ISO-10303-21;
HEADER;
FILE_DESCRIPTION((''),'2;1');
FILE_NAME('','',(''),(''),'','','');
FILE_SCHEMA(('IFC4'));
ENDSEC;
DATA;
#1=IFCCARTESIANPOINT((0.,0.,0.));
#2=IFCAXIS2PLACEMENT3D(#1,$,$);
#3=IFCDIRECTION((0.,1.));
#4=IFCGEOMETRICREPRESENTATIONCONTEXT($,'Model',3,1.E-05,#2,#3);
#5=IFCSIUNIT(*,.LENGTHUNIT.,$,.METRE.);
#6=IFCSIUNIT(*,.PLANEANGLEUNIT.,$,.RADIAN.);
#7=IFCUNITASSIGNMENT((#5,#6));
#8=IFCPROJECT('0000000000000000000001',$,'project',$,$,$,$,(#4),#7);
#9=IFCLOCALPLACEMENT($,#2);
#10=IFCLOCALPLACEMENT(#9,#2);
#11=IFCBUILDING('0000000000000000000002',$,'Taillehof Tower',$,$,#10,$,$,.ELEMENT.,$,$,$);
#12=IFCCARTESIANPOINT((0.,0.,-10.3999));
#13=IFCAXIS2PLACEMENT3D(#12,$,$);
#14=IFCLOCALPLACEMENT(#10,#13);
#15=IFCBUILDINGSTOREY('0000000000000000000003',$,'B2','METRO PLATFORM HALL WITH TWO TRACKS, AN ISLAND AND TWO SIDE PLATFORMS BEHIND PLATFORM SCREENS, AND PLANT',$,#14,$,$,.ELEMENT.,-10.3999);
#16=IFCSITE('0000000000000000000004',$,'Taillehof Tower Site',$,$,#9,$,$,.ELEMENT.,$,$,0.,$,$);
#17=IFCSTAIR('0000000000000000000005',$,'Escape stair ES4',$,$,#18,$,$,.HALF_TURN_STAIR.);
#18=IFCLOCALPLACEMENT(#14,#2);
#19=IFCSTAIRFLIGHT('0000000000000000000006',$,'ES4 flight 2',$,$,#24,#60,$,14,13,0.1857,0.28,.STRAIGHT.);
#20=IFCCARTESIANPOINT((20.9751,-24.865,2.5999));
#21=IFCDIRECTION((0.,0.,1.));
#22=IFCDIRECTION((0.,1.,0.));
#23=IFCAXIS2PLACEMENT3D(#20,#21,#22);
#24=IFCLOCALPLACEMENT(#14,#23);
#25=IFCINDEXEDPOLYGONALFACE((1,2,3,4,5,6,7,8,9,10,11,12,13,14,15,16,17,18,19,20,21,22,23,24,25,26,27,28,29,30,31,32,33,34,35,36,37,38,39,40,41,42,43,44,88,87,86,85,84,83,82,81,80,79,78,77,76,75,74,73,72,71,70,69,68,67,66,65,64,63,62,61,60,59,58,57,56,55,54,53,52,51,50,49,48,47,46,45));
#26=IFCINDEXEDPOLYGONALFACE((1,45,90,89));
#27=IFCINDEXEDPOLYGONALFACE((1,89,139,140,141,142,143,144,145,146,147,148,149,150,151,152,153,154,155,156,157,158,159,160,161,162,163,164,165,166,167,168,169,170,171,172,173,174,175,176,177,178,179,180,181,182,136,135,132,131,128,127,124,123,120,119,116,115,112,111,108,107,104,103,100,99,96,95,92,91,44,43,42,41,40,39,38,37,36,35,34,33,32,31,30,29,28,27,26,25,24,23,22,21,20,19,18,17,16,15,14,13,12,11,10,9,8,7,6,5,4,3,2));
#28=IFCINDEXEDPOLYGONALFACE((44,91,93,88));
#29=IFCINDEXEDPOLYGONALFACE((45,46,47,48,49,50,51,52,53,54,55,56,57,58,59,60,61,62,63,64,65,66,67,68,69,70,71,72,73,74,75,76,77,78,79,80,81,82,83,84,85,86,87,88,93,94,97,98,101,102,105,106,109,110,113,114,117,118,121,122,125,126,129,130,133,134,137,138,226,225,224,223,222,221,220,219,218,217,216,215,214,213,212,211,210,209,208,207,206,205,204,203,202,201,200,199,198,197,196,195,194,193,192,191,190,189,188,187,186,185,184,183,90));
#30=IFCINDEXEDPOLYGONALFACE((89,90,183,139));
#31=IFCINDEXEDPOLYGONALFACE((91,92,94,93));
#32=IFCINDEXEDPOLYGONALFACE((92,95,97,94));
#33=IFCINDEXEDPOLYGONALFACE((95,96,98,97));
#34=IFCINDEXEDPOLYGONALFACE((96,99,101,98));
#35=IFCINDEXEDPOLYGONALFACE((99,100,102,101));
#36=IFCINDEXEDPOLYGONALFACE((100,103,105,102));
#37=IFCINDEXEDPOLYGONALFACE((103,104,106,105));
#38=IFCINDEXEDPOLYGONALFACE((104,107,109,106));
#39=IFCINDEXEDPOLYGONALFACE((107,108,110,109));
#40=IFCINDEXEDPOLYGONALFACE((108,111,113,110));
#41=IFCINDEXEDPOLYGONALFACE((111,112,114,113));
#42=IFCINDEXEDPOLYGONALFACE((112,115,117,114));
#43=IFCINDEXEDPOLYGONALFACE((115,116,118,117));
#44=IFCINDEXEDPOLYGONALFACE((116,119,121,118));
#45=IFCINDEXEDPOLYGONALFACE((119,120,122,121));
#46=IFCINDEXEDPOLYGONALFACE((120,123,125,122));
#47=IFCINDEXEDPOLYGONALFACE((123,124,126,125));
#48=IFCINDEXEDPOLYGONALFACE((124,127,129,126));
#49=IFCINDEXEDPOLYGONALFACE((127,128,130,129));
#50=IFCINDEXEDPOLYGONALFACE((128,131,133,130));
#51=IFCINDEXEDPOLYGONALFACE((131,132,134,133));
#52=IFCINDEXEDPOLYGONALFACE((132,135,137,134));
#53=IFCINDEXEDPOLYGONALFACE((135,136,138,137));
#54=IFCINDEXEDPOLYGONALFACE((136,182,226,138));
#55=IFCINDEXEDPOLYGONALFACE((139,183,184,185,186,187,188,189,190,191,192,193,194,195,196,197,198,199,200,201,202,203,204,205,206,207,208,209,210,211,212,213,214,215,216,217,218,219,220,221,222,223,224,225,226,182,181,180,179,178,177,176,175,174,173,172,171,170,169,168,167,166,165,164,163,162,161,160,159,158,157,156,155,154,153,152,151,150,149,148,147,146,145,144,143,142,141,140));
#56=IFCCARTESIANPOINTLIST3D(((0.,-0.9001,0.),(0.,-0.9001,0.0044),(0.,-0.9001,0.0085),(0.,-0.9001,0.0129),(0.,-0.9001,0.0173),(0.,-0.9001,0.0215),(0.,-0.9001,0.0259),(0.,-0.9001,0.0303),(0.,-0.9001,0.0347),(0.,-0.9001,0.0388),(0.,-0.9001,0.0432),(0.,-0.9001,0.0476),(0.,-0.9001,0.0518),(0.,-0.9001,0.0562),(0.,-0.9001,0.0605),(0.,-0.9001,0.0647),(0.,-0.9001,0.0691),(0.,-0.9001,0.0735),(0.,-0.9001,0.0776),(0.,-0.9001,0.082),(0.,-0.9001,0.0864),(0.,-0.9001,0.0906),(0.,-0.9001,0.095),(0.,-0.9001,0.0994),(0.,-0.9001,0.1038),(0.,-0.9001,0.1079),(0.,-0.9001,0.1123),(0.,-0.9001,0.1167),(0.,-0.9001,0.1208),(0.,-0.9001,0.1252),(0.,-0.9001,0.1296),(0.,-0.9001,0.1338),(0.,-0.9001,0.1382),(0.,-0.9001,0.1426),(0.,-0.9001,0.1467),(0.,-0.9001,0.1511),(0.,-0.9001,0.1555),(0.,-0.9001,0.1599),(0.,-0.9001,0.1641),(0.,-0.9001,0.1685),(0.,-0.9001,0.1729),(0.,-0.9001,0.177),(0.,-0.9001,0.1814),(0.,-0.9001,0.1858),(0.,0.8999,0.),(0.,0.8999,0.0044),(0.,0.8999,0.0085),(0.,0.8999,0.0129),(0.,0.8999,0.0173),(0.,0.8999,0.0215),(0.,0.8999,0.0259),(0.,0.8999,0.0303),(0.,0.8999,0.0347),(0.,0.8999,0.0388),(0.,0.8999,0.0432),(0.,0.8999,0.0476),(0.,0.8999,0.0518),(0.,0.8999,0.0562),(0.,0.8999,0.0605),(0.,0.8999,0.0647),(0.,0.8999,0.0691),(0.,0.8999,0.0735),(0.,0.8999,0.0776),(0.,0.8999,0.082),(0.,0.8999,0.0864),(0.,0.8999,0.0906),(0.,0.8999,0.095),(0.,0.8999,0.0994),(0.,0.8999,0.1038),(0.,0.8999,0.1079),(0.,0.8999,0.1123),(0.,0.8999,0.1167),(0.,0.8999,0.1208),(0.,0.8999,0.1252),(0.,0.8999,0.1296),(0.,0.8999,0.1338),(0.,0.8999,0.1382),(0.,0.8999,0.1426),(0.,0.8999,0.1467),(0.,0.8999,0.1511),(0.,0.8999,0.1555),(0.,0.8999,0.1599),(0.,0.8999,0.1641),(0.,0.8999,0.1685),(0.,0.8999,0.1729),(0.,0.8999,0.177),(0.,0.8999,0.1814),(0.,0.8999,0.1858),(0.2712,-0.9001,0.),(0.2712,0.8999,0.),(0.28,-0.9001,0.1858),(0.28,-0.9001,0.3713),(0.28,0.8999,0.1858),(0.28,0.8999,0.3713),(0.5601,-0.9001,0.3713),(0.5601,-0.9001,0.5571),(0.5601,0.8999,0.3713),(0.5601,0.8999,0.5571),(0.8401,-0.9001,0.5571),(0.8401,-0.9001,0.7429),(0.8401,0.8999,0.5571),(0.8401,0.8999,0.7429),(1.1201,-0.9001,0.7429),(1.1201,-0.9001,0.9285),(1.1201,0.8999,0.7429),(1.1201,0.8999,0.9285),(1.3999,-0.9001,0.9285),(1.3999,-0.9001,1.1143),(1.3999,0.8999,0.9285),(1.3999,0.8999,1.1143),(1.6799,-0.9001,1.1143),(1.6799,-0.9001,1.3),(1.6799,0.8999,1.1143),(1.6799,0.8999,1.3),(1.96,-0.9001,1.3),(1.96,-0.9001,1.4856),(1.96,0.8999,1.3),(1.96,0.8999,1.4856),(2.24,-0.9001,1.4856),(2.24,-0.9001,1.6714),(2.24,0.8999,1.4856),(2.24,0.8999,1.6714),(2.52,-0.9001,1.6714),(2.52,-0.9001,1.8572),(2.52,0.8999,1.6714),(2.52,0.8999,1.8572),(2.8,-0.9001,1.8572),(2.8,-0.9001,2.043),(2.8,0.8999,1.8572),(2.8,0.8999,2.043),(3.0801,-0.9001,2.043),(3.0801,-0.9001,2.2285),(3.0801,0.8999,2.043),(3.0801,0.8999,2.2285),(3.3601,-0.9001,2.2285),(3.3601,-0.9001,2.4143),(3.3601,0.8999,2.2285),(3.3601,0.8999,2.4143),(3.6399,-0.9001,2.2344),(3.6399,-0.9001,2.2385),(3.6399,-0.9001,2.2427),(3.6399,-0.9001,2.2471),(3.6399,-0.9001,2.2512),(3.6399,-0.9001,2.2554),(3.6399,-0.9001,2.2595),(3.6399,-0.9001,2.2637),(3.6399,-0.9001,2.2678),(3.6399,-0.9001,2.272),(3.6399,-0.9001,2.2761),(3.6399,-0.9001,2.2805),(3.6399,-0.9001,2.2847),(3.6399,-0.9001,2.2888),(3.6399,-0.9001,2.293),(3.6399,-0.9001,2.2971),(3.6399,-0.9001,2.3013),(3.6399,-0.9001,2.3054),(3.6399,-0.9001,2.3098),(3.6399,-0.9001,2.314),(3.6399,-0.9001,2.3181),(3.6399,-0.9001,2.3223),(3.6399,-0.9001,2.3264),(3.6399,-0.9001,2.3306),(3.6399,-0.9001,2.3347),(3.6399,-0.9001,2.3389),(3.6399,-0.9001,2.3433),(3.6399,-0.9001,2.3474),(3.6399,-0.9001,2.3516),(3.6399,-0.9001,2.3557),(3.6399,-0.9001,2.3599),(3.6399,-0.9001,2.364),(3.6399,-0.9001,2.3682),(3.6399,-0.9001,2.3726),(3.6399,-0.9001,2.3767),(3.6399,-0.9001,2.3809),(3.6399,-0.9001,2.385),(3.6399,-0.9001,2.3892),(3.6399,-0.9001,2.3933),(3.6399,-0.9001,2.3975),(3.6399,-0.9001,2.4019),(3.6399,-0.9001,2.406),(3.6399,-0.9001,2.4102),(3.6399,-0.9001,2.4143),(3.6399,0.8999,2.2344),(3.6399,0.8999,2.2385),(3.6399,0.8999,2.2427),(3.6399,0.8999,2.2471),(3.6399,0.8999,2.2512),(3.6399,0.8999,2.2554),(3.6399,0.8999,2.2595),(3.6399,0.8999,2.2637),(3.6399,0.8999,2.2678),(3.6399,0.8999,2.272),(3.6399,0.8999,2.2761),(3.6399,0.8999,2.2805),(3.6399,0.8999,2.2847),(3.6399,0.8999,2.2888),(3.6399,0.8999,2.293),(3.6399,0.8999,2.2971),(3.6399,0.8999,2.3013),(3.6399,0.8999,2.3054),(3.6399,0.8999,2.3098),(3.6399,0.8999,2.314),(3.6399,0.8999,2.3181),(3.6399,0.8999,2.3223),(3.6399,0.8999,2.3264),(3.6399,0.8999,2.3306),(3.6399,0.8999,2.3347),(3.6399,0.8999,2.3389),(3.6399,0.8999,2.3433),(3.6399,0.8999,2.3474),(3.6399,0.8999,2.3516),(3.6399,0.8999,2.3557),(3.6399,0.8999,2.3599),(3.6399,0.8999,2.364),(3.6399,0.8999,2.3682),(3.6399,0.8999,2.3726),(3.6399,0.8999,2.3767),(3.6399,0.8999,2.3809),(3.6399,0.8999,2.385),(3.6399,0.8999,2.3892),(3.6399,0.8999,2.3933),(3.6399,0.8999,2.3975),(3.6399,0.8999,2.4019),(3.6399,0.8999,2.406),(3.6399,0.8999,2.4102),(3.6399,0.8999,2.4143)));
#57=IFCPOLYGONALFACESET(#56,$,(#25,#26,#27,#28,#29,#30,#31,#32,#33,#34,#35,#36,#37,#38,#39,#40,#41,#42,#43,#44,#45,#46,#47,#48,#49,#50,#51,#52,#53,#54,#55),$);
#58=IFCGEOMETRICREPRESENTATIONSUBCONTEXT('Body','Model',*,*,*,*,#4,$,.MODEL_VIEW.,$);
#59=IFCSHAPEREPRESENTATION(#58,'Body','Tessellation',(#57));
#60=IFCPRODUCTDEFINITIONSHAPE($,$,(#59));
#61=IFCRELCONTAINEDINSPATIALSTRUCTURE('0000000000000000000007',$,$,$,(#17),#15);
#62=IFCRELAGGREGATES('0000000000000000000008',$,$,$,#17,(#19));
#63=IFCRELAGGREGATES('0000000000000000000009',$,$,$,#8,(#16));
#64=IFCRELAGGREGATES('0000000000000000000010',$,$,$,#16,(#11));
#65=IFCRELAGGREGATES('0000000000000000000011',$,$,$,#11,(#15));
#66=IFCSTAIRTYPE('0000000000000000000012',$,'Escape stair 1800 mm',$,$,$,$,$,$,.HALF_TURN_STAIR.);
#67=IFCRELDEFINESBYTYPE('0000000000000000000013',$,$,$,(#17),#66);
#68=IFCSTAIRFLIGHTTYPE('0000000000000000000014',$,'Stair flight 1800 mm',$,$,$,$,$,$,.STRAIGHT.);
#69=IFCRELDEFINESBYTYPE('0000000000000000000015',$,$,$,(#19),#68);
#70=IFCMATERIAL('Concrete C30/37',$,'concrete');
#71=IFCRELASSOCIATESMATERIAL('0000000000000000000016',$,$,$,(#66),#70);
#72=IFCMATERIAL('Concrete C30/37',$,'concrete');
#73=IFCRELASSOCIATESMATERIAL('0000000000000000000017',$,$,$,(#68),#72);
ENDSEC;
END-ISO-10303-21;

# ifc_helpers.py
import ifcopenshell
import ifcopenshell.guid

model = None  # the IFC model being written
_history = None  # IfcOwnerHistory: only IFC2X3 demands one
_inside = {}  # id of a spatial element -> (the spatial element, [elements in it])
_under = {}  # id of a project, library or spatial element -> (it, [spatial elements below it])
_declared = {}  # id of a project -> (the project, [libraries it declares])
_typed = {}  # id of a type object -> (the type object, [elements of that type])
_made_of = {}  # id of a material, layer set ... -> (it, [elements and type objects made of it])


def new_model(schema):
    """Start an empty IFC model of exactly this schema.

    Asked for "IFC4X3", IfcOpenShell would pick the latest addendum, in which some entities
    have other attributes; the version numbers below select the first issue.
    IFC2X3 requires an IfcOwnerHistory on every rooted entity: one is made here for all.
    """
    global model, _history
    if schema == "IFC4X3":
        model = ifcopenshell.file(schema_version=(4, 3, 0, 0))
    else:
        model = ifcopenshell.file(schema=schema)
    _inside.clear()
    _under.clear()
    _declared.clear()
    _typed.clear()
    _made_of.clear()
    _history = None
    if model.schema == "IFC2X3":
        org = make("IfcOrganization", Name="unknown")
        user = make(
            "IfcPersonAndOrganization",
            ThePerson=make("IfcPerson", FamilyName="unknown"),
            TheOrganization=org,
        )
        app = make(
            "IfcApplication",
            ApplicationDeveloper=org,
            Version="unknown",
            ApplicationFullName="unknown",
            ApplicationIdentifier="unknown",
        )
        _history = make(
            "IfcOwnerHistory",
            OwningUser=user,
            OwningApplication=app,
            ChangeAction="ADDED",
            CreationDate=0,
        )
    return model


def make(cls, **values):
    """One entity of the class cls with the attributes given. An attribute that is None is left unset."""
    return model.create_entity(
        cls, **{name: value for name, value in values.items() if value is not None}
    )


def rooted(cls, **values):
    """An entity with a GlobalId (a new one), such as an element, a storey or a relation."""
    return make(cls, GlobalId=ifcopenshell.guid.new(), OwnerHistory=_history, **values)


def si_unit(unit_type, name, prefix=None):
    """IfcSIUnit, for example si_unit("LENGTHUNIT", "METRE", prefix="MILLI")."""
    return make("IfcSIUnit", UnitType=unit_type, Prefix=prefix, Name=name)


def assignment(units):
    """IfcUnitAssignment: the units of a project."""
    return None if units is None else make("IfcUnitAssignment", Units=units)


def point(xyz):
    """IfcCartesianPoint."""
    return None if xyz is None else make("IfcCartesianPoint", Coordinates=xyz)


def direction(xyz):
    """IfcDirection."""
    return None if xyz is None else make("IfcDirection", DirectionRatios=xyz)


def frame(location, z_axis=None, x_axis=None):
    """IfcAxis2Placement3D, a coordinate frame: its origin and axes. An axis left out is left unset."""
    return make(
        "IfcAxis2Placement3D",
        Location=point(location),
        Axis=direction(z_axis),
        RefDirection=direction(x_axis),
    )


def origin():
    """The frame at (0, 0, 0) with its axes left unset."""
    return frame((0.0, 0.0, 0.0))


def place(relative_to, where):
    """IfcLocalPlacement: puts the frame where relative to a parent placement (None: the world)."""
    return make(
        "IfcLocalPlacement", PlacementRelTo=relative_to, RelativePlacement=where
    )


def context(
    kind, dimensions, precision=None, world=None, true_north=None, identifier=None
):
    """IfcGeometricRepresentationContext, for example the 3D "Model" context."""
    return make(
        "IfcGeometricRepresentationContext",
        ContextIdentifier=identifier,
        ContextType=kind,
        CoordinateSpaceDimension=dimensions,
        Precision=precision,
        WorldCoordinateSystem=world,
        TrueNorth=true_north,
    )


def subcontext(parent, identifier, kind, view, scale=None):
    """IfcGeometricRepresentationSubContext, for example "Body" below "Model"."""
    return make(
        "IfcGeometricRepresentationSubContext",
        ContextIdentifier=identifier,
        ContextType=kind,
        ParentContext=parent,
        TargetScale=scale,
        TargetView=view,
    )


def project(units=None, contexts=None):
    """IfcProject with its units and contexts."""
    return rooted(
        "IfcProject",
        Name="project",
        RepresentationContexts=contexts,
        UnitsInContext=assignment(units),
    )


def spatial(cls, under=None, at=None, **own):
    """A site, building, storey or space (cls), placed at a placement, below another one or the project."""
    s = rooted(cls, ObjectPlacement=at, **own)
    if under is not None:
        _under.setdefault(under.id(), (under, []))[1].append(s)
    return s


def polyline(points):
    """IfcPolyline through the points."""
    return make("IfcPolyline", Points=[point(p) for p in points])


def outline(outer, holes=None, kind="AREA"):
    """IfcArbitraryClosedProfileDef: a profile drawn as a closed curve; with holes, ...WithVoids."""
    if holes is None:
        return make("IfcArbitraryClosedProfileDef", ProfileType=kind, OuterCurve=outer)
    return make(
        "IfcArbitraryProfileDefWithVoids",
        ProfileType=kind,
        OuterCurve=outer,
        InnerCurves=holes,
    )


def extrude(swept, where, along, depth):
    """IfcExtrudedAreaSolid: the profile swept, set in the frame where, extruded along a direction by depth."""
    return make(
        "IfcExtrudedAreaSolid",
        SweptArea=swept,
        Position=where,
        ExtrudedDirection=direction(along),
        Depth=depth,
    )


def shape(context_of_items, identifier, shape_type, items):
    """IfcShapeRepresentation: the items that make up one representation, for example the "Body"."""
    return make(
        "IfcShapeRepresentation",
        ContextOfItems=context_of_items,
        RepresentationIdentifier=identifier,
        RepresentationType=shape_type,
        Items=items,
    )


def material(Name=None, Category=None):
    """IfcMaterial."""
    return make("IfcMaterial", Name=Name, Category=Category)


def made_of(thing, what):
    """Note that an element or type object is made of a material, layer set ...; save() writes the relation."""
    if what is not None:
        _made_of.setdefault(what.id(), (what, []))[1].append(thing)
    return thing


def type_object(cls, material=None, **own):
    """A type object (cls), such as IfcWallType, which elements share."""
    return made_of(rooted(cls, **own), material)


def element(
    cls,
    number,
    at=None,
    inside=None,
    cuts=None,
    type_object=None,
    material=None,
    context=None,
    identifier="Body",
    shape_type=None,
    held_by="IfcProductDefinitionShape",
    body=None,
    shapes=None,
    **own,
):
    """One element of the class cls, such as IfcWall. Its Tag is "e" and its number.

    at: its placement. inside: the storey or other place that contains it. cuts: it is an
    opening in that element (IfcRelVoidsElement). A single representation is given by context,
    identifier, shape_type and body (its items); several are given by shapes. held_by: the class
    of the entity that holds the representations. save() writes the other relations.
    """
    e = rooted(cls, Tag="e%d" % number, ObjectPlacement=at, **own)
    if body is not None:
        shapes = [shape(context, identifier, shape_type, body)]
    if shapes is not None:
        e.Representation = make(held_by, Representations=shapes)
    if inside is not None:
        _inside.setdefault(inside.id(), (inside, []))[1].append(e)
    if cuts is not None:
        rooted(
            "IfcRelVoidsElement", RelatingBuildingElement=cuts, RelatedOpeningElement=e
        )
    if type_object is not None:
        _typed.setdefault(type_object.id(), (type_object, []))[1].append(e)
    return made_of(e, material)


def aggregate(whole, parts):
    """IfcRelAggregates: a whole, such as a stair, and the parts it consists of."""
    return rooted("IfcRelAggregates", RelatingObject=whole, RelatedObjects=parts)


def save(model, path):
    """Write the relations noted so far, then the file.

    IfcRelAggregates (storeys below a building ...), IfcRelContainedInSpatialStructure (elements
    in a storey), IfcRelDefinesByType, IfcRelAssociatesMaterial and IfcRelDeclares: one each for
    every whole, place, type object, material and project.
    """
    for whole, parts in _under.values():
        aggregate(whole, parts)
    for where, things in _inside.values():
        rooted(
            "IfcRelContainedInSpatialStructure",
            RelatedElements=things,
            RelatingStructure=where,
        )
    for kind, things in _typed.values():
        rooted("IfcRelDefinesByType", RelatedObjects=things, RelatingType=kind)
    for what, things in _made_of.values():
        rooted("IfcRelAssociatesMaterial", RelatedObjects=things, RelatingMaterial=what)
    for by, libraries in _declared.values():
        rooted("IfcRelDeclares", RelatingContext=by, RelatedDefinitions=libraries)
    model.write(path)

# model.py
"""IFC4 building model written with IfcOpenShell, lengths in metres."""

from ifc_helpers import new_model, si_unit, direction, frame, origin, place, context, subcontext, project, spatial, polyline, outline, extrude, material, type_object, element, aggregate, save


model = new_model("IFC4")

# Units and contexts
model_context = context("Model", 3, precision=1e-05, world=origin(), true_north=direction((0.0, 1.0)))
body_context = subcontext(model_context, "Body", "Model", "MODEL_VIEW")
ifc_project = project(units=[si_unit("LENGTHUNIT", "METRE"), si_unit("PLANEANGLEUNIT", "RADIAN")], contexts=[model_context])

# Site, building, storey
site_placement = place(None, origin())
site = spatial("IfcSite", under=ifc_project, at=site_placement, Name="Taillehof Tower Site", CompositionType="ELEMENT", RefElevation=0.0)
building_placement = place(site_placement, origin())
building = spatial("IfcBuilding", under=site, at=building_placement, Name="Taillehof Tower", CompositionType="ELEMENT")
storey_placement = place(building_placement, frame((0.0, 0.0, -10.3999)))
storey = spatial("IfcBuildingStorey", under=building, at=storey_placement, Name="B2", Description="METRO PLATFORM HALL WITH TWO TRACKS, AN ISLAND AND TWO SIDE PLATFORMS BEHIND PLATFORM SCREENS, AND PLANT", CompositionType="ELEMENT", Elevation=-10.3999)

# Stair, stair flight
ifc_material_1 = material(Name="Concrete C30/37", Category="concrete")
stair_type = type_object("IfcStairType", Name="Escape stair 1800 mm", PredefinedType="HALF_TURN_STAIR", material=ifc_material_1)
stair_placement = place(storey_placement, origin())
stair = element("IfcStair", 1, at=stair_placement, inside=storey, type_object=stair_type, Name="Escape stair ES4", PredefinedType="HALF_TURN_STAIR")
ifc_material_2 = material(Name="Concrete C30/37", Category="concrete")
stair_flight_type = type_object("IfcStairFlightType", Name="Stair flight 1800 mm", PredefinedType="STRAIGHT", material=ifc_material_2)
stair_flight_placement = place(storey_placement, frame((20.9751, -24.865, 2.5999), z_axis=(0.0, 0.0, 1.0), x_axis=(0.0, 1.0, 0.0)))
stair_flight = element("IfcStairFlight", 2, at=stair_flight_placement, type_object=stair_flight_type, Name="ES4 flight 2", NumberOfRisers=14, NumberOfTreads=13, PredefinedType="STRAIGHT", RiserHeight=0.1857, TreadLength=0.28, context=body_context, shape_type="SweptSolid", body=[
    extrude(outline(polyline([(0.0, 0.0), (0.0, 0.0044), (0.0, 0.0085), (0.0, 0.0129), (0.0, 0.0173), (0.0, 0.0215), (0.0, 0.0259), (0.0, 0.0303), (0.0, 0.0347), (0.0, 0.0388), (0.0, 0.0432), (0.0, 0.0476), (0.0, 0.0518), (0.0, 0.0562), (0.0, 0.0605), (0.0, 0.0647), (0.0, 0.0691), (0.0, 0.0735), (0.0, 0.0776), (0.0, 0.082), (0.0, 0.0864), (0.0, 0.0906), (0.0, 0.095), (0.0, 0.0994), (0.0, 0.1038), (0.0, 0.1079), (0.0, 0.1123), (0.0, 0.1167), (0.0, 0.1208), (0.0, 0.1252), (0.0, 0.1296), (0.0, 0.1338), (0.0, 0.1382), (0.0, 0.1426), (0.0, 0.1467), (0.0, 0.1511), (0.0, 0.1555), (0.0, 0.1599), (0.0, 0.1641), (0.0, 0.1685), (0.0, 0.1729), (0.0, 0.177), (0.0, 0.1814), (0.0, 0.1858), (0.28, 0.1858), (0.28, 0.3713), (0.5601, 0.3713), (0.5601, 0.5571), (0.8401, 0.5571), (0.8401, 0.7429), (1.1201, 0.7429), (1.1201, 0.9285), (1.3999, 0.9285), (1.3999, 1.1143), (1.6799, 1.1143), (1.6799, 1.3), (1.96, 1.3), (1.96, 1.4856), (2.24, 1.4856), (2.24, 1.6714), (2.52, 1.6714), (2.52, 1.8572), (2.8, 1.8572), (2.8, 2.043), (3.0801, 2.043), (3.0801, 2.2285), (3.3601, 2.2285), (3.3601, 2.4143), (3.6399, 2.4143), (3.6399, 2.4102), (3.6399, 2.406), (3.6399, 2.4019), (3.6399, 2.3975), (3.6399, 2.3933), (3.6399, 2.3892), (3.6399, 2.385), (3.6399, 2.3809), (3.6399, 2.3767), (3.6399, 2.3726), (3.6399, 2.3682), (3.6399, 2.364), (3.6399, 2.3599), (3.6399, 2.3557), (3.6399, 2.3516), (3.6399, 2.3474), (3.6399, 2.3433), (3.6399, 2.3389), (3.6399, 2.3347), (3.6399, 2.3306), (3.6399, 2.3264), (3.6399, 2.3223), (3.6399, 2.3181), (3.6399, 2.314), (3.6399, 2.3098), (3.6399, 2.3054), (3.6399, 2.3013), (3.6399, 2.2971), (3.6399, 2.293), (3.6399, 2.2888), (3.6399, 2.2847), (3.6399, 2.2805), (3.6399, 2.2761), (3.6399, 2.272), (3.6399, 2.2678), (3.6399, 2.2637), (3.6399, 2.2595), (3.6399, 2.2554), (3.6399, 2.2512), (3.6399, 2.2471), (3.6399, 2.2427), (3.6399, 2.2385), (3.6399, 2.2344), (0.2712, 0.0), (0.0, 0.0)])), frame((0.0, 0.8999, 0.0), z_axis=(0.0, -1.0, 0.0), x_axis=(1.0, 0.0, 0.0)), (0.0, 0.0, 1.0), 1.8),
])
aggregate(stair, [stair_flight])

save(model, "model.ifc")
